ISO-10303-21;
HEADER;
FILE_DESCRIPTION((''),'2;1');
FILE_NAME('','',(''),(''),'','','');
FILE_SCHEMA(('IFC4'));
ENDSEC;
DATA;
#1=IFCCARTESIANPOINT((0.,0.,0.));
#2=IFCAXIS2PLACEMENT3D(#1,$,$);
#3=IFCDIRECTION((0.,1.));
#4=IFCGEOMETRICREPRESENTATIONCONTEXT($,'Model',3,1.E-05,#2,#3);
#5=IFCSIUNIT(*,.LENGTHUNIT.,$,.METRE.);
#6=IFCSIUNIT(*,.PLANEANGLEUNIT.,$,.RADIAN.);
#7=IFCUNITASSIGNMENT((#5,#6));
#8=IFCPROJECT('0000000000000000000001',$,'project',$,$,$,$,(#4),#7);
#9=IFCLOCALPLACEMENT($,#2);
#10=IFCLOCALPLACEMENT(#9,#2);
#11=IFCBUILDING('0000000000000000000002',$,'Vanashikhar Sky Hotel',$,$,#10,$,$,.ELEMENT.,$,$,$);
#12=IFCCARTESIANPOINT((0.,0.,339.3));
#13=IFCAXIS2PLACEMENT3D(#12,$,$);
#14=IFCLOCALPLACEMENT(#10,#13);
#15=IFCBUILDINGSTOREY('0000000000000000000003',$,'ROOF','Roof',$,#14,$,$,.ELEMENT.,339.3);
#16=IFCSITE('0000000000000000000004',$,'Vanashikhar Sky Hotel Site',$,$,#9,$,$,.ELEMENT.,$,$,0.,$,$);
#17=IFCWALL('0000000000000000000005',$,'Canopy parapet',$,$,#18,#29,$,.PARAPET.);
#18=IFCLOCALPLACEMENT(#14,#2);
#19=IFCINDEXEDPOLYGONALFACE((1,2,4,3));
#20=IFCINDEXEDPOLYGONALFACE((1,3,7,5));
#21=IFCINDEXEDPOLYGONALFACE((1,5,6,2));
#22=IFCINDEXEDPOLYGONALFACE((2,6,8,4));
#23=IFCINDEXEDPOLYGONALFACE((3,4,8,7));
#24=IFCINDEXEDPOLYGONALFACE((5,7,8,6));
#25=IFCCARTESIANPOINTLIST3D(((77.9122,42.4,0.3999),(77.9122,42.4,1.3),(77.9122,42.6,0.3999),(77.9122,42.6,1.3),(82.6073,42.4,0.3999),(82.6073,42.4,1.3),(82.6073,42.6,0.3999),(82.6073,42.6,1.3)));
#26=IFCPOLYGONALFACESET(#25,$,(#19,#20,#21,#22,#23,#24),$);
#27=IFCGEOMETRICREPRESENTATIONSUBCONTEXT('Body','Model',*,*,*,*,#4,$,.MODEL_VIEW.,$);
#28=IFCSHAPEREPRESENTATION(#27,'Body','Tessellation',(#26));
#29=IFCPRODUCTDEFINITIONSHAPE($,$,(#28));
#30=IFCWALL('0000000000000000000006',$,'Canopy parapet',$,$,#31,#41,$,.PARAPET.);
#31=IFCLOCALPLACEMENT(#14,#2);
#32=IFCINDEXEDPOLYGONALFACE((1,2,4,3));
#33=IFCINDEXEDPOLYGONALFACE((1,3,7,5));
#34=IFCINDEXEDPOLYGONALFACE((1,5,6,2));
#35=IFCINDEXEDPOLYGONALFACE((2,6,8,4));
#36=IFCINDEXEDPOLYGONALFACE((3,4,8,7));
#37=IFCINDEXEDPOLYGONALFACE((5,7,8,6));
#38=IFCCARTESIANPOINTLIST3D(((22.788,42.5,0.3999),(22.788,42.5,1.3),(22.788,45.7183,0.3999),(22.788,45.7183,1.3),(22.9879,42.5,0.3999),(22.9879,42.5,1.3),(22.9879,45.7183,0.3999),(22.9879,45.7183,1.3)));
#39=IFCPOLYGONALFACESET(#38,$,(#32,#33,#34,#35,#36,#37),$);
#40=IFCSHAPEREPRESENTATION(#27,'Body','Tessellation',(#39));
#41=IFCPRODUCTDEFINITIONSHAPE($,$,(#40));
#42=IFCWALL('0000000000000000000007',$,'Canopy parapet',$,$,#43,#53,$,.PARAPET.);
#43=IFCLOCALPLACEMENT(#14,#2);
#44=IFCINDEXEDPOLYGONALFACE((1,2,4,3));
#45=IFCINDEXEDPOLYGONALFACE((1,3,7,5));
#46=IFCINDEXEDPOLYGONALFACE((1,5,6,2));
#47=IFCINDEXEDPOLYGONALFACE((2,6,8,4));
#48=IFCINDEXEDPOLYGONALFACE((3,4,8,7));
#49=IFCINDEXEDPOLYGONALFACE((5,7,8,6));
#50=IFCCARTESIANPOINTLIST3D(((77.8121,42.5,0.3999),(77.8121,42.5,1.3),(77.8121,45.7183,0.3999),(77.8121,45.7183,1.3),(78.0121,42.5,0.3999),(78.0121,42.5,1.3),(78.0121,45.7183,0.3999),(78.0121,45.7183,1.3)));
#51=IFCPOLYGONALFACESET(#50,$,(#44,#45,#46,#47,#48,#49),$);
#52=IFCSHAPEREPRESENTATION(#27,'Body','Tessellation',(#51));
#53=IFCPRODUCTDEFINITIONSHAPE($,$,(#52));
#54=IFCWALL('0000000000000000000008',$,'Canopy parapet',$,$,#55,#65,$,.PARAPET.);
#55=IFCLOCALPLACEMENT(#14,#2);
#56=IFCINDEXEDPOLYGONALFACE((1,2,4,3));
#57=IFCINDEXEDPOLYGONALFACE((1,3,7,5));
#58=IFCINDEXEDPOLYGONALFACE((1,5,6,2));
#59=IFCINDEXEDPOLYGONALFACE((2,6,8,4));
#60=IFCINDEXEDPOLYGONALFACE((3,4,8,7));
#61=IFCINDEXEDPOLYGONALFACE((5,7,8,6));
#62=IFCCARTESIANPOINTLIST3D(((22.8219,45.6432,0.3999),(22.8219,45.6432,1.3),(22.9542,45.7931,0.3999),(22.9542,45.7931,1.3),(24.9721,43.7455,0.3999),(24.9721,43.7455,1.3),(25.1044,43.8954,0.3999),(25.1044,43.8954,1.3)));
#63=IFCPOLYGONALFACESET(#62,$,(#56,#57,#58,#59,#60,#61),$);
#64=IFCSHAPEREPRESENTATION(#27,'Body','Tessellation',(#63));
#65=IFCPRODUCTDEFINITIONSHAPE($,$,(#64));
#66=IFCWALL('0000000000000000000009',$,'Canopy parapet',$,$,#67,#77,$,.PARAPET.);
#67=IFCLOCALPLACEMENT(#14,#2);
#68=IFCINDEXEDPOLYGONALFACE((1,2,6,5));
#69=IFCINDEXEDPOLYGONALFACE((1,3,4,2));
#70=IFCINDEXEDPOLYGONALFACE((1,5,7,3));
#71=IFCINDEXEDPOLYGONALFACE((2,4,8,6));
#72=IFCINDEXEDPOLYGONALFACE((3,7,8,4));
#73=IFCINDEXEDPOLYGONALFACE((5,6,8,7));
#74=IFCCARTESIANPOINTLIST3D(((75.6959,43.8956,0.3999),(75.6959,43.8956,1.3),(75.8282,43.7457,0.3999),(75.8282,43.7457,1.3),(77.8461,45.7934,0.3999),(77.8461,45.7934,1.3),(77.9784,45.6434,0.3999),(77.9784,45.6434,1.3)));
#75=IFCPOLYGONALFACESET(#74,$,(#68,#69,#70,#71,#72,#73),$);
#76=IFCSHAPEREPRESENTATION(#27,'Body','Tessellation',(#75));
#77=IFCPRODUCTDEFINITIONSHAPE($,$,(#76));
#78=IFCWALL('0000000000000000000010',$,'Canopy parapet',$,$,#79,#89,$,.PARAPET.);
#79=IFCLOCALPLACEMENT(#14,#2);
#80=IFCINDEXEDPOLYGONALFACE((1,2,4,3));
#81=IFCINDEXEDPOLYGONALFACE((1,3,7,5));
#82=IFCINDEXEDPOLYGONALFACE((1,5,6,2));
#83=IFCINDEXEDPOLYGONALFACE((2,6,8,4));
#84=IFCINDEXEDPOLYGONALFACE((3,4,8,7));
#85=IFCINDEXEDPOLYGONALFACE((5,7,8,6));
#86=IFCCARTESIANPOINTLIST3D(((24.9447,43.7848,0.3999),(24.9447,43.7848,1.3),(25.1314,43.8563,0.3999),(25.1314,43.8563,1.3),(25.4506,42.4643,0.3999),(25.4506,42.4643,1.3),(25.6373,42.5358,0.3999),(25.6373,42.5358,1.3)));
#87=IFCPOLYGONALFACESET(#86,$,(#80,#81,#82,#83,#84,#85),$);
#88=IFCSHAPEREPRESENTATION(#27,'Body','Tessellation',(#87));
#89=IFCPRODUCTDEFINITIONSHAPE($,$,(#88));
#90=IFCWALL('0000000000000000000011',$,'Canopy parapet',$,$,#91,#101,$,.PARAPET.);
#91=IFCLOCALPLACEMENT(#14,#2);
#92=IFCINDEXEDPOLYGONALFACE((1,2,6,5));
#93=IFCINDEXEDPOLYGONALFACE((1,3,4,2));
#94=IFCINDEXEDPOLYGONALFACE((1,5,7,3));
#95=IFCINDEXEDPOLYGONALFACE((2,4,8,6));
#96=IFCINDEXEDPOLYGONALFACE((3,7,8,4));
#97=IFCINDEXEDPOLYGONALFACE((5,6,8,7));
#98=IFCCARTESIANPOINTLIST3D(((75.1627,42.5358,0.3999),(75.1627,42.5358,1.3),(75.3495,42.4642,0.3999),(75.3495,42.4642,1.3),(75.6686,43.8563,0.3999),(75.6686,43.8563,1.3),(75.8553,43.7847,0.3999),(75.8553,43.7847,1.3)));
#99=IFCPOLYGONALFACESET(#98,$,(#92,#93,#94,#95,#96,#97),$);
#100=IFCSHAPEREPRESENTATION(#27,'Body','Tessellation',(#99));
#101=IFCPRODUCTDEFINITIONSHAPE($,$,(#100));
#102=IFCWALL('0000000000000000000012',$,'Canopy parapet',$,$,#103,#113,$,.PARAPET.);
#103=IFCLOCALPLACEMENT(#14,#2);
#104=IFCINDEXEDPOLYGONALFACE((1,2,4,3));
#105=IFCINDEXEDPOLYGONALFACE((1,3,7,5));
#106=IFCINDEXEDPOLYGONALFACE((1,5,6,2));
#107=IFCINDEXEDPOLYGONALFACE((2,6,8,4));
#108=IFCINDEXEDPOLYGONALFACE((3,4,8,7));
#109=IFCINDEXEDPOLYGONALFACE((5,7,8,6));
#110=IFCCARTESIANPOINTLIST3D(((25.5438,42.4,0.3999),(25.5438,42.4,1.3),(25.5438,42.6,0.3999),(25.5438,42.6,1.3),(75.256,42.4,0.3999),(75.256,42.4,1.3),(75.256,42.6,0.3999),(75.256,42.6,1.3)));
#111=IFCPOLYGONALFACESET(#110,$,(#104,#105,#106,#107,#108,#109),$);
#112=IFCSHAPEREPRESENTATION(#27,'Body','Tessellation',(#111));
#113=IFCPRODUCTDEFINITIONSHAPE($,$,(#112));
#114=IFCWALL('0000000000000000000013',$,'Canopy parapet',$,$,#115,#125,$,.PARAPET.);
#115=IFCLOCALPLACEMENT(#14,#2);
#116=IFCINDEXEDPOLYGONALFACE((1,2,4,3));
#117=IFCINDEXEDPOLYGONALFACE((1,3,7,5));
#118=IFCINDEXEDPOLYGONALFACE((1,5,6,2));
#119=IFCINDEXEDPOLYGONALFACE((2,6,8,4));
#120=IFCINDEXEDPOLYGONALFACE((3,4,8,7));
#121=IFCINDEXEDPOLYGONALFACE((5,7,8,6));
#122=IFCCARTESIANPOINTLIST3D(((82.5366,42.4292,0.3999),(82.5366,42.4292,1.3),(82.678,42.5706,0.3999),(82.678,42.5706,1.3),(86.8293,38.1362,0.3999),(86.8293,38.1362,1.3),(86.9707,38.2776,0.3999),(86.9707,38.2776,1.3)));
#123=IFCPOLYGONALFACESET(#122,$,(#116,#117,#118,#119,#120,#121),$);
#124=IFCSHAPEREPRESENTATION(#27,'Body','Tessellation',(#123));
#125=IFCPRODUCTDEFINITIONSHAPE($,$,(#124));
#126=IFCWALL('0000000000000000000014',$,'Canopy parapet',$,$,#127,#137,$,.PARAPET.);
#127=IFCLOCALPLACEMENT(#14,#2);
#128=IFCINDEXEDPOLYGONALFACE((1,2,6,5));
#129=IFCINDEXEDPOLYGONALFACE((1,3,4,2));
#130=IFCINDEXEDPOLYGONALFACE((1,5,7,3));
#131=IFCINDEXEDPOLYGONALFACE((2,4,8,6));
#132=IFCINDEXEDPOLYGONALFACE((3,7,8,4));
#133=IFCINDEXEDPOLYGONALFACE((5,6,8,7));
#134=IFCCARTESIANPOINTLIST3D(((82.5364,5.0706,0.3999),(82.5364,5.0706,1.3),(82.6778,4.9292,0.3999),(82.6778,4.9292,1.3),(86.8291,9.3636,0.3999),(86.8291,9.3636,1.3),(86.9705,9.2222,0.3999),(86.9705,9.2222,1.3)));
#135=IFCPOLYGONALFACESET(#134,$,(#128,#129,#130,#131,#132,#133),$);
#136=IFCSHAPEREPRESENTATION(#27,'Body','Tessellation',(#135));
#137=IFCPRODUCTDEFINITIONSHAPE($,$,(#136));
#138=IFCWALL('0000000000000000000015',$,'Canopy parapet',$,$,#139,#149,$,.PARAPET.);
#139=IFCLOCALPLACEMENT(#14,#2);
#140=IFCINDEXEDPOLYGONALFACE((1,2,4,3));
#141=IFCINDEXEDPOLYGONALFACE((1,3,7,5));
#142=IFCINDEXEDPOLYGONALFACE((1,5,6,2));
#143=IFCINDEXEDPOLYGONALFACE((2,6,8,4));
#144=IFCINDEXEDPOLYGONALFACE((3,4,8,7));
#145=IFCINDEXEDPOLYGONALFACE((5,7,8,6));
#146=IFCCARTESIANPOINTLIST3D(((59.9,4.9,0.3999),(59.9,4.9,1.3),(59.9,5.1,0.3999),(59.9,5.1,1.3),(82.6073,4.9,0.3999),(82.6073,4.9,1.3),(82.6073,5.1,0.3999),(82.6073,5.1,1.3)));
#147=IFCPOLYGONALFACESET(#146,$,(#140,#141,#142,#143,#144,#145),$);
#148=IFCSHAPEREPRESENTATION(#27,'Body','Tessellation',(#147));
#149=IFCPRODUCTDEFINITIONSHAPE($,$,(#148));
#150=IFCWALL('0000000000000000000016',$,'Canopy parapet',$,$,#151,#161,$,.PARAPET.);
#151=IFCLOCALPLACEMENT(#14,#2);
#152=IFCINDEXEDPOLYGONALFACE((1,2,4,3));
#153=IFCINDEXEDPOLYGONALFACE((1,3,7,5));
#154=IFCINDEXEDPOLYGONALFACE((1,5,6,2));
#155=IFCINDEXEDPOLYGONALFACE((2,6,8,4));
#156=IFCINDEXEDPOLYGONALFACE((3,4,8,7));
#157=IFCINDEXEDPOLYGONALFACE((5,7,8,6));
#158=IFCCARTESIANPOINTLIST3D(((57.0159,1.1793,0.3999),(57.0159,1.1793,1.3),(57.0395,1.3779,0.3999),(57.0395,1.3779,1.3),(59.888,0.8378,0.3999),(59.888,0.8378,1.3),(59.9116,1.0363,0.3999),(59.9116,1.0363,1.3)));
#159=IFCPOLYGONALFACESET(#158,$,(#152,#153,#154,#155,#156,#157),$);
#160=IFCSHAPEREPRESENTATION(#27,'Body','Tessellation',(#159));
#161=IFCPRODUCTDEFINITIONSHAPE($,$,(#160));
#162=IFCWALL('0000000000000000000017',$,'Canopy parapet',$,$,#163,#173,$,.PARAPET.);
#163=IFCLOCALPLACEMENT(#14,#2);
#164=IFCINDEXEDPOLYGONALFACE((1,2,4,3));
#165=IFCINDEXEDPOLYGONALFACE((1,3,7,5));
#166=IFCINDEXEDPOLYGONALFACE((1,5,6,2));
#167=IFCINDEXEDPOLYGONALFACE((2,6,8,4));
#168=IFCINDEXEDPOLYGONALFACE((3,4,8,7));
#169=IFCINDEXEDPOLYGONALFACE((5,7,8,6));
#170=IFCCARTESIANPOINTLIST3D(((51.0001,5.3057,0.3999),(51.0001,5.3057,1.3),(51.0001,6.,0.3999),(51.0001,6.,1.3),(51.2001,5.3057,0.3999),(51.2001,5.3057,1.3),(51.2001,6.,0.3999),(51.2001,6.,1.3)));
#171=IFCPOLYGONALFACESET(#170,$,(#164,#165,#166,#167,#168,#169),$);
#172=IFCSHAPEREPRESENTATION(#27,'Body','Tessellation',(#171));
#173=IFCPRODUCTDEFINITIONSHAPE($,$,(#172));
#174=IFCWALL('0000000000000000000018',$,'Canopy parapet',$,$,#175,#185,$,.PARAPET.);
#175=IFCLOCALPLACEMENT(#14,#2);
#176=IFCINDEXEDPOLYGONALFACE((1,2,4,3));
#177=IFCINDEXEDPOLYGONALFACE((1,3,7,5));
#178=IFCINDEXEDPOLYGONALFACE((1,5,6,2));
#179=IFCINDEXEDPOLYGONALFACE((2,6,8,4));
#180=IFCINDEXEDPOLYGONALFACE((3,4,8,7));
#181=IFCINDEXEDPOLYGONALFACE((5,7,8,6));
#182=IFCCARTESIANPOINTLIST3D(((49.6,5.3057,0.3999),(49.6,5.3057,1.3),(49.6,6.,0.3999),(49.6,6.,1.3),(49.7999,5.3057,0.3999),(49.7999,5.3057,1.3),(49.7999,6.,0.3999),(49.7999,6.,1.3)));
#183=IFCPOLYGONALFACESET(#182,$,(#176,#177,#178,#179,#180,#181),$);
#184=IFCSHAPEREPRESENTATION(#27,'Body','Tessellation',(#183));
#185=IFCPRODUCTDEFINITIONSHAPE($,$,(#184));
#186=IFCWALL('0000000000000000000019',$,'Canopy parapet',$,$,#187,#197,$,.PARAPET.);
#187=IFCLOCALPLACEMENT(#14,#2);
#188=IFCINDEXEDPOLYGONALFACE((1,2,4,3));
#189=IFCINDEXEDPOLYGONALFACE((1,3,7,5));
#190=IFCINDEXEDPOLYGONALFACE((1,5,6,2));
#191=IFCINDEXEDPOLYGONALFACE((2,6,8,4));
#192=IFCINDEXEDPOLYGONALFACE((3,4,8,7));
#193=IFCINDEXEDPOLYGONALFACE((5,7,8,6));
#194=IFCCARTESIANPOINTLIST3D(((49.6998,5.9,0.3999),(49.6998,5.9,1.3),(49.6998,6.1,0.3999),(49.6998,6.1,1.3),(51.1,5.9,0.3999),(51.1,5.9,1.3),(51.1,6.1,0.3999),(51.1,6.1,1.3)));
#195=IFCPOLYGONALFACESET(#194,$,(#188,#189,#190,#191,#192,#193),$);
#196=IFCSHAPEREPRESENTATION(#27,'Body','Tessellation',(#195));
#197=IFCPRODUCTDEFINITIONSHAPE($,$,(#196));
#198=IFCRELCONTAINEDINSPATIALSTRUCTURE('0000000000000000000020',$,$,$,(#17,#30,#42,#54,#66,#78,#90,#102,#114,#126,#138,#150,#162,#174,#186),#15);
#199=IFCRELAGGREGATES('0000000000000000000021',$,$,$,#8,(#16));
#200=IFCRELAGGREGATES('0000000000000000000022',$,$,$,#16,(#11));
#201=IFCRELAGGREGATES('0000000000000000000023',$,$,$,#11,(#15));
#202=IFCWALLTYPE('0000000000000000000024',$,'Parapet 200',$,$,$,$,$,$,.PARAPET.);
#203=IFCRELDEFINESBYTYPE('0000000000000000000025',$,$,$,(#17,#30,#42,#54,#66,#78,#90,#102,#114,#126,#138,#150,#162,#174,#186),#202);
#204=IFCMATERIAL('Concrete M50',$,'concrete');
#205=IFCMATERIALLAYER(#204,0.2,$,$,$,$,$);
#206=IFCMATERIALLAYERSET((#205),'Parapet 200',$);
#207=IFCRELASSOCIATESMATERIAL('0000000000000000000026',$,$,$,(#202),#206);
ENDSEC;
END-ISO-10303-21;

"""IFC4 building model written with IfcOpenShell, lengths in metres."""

from ifc_helpers import new_model, si_unit, direction, frame, frame_2d, origin, place, context, subcontext, project, spatial, rectangle, extrude, source, transform, mapped, material, layer, layer_set, type_object, element, save


model = new_model("IFC4")

# Units and contexts
model_context = context("Model", 3, precision=1e-05, world=origin(), true_north=direction((0.0, 1.0)))
body_context = subcontext(model_context, "Body", "Model", "MODEL_VIEW")
ifc_project = project(units=[si_unit("LENGTHUNIT", "METRE"), si_unit("PLANEANGLEUNIT", "RADIAN")], contexts=[model_context])

# Site, building, storey
site_placement = place(None, origin())
site = spatial("IfcSite", under=ifc_project, at=site_placement, Name="Vanashikhar Sky Hotel Site", CompositionType="ELEMENT", RefElevation=0.0)
building_placement = place(site_placement, origin())
building = spatial("IfcBuilding", under=site, at=building_placement, Name="Vanashikhar Sky Hotel", CompositionType="ELEMENT")
storey_placement = place(building_placement, frame((0.0, 0.0, 339.3)))
storey = spatial("IfcBuildingStorey", under=building, at=storey_placement, Name="ROOF", Description="Roof", CompositionType="ELEMENT", Elevation=339.3)

# Walls
ifc_material_1 = material(Name="Concrete M50", Category="concrete")
ifc_layer_1 = layer(ifc_material_1, 0.2)
ifc_layer_set_1 = layer_set([ifc_layer_1], Name="Parapet 200")
wall_type = type_object("IfcWallType", Name="Parapet 200", PredefinedType="PARAPET", material=ifc_layer_set_1)
shared_shape_1 = source(origin(), body_context, "Body", "SweptSolid", [
    extrude(rectangle(XDim=4.6951, YDim=0.2, at=frame_2d((2.3477, 0.0))), origin(), (0.0, 0.0, 1.0), 0.9001),
])
for number, where, z_axis, x_axis, name in (
    (1, (77.9121, 42.5, 0.3999), (0.0, 0.0, 1.0), (1.0, 0.0, 0.0), "Canopy parapet"),
):
    element("IfcWall", number, at=place(storey_placement, frame(where, z_axis=z_axis, x_axis=x_axis)), inside=storey, type_object=wall_type, Name=name, PredefinedType="PARAPET", context=body_context, shape_type="MappedRepresentation", body=[
        mapped(shared_shape_1, transform((0.0, 0.0, 0.0), scale=1.0)),
    ])
shared_shape_2 = source(origin(), body_context, "Body", "SweptSolid", [
    extrude(rectangle(XDim=3.2183, YDim=0.2, at=frame_2d((1.6091, 0.0))), origin(), (0.0, 0.0, 1.0), 0.9001),
])
for number, where, z_axis, x_axis, name in (
    (2, (22.8879, 42.5, 0.3999), (0.0, 0.0, 1.0), (0.0, 1.0, 0.0), "Canopy parapet"),
    (3, (77.9121, 45.7183, 0.3999), (0.0, 0.0, 1.0), (0.0, -1.0, 0.0), "Canopy parapet"),
):
    element("IfcWall", number, at=place(storey_placement, frame(where, z_axis=z_axis, x_axis=x_axis)), inside=storey, type_object=wall_type, Name=name, PredefinedType="PARAPET", context=body_context, shape_type="MappedRepresentation", body=[
        mapped(shared_shape_2, transform((0.0, 0.0, 0.0), scale=1.0)),
    ])
shared_shape_3 = source(origin(), body_context, "Body", "SweptSolid", [
    extrude(rectangle(XDim=2.8679, YDim=0.2, at=frame_2d((1.4341, 0.0))), origin(), (0.0, 0.0, 1.0), 0.9001),
])
for number, where, z_axis, x_axis, name in (
    (4, (22.8879, 45.7183, 0.3999), (0.0, 0.0, 1.0), (0.749748, -0.661723, 0.0), "Canopy parapet"),
    (5, (75.762, 43.8206, 0.3999), (0.0, 0.0, 1.0), (0.749748, 0.661723, 0.0), "Canopy parapet"),
):
    element("IfcWall", number, at=place(storey_placement, frame(where, z_axis=z_axis, x_axis=x_axis)), inside=storey, type_object=wall_type, Name=name, PredefinedType="PARAPET", context=body_context, shape_type="MappedRepresentation", body=[
        mapped(shared_shape_3, transform((0.0, 0.0, 0.0), scale=1.0)),
    ])
shared_shape_4 = source(origin(), body_context, "Body", "SweptSolid", [
    extrude(rectangle(XDim=1.4141, YDim=0.2, at=frame_2d((0.707, 0.0))), origin(), (0.0, 0.0, 1.0), 0.9001),
])
for number, where, z_axis, x_axis, name in (
    (6, (25.0381, 43.8206, 0.3999), (0.0, 0.0, 1.0), (0.357718, -0.93383, 0.0), "Canopy parapet"),
    (7, (75.2561, 42.5, 0.3999), (0.0, 0.0, 1.0), (0.357718, 0.93383, 0.0), "Canopy parapet"),
):
    element("IfcWall", number, at=place(storey_placement, frame(where, z_axis=z_axis, x_axis=x_axis)), inside=storey, type_object=wall_type, Name=name, PredefinedType="PARAPET", context=body_context, shape_type="MappedRepresentation", body=[
        mapped(shared_shape_4, transform((0.0, 0.0, 0.0), scale=1.0)),
    ])
shared_shape_5 = source(origin(), body_context, "Body", "SweptSolid", [
    extrude(rectangle(XDim=49.7122, YDim=0.2, at=frame_2d((24.856, 0.0))), origin(), (0.0, 0.0, 1.0), 0.9001),
])
wall_1_placement = place(storey_placement, frame((25.5439, 42.5, 0.3999), z_axis=(0.0, 0.0, 1.0), x_axis=(1.0, 0.0, 0.0)))
element("IfcWall", 8, at=wall_1_placement, inside=storey, type_object=wall_type, Name="Canopy parapet", PredefinedType="PARAPET", context=body_context, shape_type="MappedRepresentation", body=[
    mapped(shared_shape_5, transform((0.0, 0.0, 0.0), scale=1.0)),
])
shared_shape_6 = source(origin(), body_context, "Body", "SweptSolid", [
    extrude(rectangle(XDim=6.071, YDim=0.2, at=frame_2d((3.0356, 0.0))), origin(), (0.0, 0.0, 1.0), 0.9001),
])
for number, where, z_axis, x_axis, name in (
    (9, (82.6072, 42.5, 0.3999), (0.0, 0.0, 1.0), (0.707087, -0.707127, 0.0), "Canopy parapet"),
    (10, (86.8999, 9.293, 0.3999), (0.0, 0.0, 1.0), (-0.707087, -0.707127, 0.0), "Canopy parapet"),
):
    element("IfcWall", number, at=place(storey_placement, frame(where, z_axis=z_axis, x_axis=x_axis)), inside=storey, type_object=wall_type, Name=name, PredefinedType="PARAPET", context=body_context, shape_type="MappedRepresentation", body=[
        mapped(shared_shape_6, transform((0.0, 0.0, 0.0), scale=1.0)),
    ])
shared_shape_7 = source(origin(), body_context, "Body", "SweptSolid", [
    extrude(rectangle(XDim=22.7073, YDim=0.2, at=frame_2d((11.3535, 0.0))), origin(), (0.0, 0.0, 1.0), 0.9001),
])
wall_2_placement = place(storey_placement, frame((82.6072, 5.0, 0.3999), z_axis=(0.0, 0.0, 1.0), x_axis=(-1.0, 0.0, 0.0)))
element("IfcWall", 11, at=wall_2_placement, inside=storey, type_object=wall_type, Name="Canopy parapet", PredefinedType="PARAPET", context=body_context, shape_type="MappedRepresentation", body=[
    mapped(shared_shape_7, transform((0.0, 0.0, 0.0), scale=1.0)),
])
shared_shape_8 = source(origin(), body_context, "Body", "SweptSolid", [
    extrude(rectangle(XDim=2.8923, YDim=0.2, at=frame_2d((1.4463, 0.0))), origin(), (0.0, 0.0, 1.0), 0.9001),
])
wall_3_placement = place(storey_placement, frame((59.8999, 0.937, 0.3999), z_axis=(0.0, 0.0, 1.0), x_axis=(-0.993003, 0.11809, 0.0)))
element("IfcWall", 12, at=wall_3_placement, inside=storey, type_object=wall_type, Name="Canopy parapet", PredefinedType="PARAPET", context=body_context, shape_type="MappedRepresentation", body=[
    mapped(shared_shape_8, transform((0.0, 0.0, 0.0), scale=1.0)),
])
shared_shape_9 = source(origin(), body_context, "Body", "SweptSolid", [
    extrude(rectangle(XDim=0.6943, YDim=0.2, at=frame_2d((0.3472, 0.0))), origin(), (0.0, 0.0, 1.0), 0.9001),
])
for number, where, z_axis, x_axis, name in (
    (13, (51.1001, 5.3057, 0.3999), (0.0, 0.0, 1.0), (0.0, 1.0, 0.0), "Canopy parapet"),
    (14, (49.7, 6.0, 0.3999), (0.0, 0.0, 1.0), (0.0, -1.0, 0.0), "Canopy parapet"),
):
    element("IfcWall", number, at=place(storey_placement, frame(where, z_axis=z_axis, x_axis=x_axis)), inside=storey, type_object=wall_type, Name=name, PredefinedType="PARAPET", context=body_context, shape_type="MappedRepresentation", body=[
        mapped(shared_shape_9, transform((0.0, 0.0, 0.0), scale=1.0)),
    ])
shared_shape_10 = source(origin(), body_context, "Body", "SweptSolid", [
    extrude(rectangle(XDim=1.4001, YDim=0.2, at=frame_2d((0.7002, 0.0))), origin(), (0.0, 0.0, 1.0), 0.9001),
])
wall_4_placement = place(storey_placement, frame((51.1001, 6.0, 0.3999), z_axis=(0.0, 0.0, 1.0), x_axis=(-1.0, 0.0, 0.0)))
element("IfcWall", 15, at=wall_4_placement, inside=storey, type_object=wall_type, Name="Canopy parapet", PredefinedType="PARAPET", context=body_context, shape_type="MappedRepresentation", body=[
    mapped(shared_shape_10, transform((0.0, 0.0, 0.0), scale=1.0)),
])

save(model, "model.ifc")
